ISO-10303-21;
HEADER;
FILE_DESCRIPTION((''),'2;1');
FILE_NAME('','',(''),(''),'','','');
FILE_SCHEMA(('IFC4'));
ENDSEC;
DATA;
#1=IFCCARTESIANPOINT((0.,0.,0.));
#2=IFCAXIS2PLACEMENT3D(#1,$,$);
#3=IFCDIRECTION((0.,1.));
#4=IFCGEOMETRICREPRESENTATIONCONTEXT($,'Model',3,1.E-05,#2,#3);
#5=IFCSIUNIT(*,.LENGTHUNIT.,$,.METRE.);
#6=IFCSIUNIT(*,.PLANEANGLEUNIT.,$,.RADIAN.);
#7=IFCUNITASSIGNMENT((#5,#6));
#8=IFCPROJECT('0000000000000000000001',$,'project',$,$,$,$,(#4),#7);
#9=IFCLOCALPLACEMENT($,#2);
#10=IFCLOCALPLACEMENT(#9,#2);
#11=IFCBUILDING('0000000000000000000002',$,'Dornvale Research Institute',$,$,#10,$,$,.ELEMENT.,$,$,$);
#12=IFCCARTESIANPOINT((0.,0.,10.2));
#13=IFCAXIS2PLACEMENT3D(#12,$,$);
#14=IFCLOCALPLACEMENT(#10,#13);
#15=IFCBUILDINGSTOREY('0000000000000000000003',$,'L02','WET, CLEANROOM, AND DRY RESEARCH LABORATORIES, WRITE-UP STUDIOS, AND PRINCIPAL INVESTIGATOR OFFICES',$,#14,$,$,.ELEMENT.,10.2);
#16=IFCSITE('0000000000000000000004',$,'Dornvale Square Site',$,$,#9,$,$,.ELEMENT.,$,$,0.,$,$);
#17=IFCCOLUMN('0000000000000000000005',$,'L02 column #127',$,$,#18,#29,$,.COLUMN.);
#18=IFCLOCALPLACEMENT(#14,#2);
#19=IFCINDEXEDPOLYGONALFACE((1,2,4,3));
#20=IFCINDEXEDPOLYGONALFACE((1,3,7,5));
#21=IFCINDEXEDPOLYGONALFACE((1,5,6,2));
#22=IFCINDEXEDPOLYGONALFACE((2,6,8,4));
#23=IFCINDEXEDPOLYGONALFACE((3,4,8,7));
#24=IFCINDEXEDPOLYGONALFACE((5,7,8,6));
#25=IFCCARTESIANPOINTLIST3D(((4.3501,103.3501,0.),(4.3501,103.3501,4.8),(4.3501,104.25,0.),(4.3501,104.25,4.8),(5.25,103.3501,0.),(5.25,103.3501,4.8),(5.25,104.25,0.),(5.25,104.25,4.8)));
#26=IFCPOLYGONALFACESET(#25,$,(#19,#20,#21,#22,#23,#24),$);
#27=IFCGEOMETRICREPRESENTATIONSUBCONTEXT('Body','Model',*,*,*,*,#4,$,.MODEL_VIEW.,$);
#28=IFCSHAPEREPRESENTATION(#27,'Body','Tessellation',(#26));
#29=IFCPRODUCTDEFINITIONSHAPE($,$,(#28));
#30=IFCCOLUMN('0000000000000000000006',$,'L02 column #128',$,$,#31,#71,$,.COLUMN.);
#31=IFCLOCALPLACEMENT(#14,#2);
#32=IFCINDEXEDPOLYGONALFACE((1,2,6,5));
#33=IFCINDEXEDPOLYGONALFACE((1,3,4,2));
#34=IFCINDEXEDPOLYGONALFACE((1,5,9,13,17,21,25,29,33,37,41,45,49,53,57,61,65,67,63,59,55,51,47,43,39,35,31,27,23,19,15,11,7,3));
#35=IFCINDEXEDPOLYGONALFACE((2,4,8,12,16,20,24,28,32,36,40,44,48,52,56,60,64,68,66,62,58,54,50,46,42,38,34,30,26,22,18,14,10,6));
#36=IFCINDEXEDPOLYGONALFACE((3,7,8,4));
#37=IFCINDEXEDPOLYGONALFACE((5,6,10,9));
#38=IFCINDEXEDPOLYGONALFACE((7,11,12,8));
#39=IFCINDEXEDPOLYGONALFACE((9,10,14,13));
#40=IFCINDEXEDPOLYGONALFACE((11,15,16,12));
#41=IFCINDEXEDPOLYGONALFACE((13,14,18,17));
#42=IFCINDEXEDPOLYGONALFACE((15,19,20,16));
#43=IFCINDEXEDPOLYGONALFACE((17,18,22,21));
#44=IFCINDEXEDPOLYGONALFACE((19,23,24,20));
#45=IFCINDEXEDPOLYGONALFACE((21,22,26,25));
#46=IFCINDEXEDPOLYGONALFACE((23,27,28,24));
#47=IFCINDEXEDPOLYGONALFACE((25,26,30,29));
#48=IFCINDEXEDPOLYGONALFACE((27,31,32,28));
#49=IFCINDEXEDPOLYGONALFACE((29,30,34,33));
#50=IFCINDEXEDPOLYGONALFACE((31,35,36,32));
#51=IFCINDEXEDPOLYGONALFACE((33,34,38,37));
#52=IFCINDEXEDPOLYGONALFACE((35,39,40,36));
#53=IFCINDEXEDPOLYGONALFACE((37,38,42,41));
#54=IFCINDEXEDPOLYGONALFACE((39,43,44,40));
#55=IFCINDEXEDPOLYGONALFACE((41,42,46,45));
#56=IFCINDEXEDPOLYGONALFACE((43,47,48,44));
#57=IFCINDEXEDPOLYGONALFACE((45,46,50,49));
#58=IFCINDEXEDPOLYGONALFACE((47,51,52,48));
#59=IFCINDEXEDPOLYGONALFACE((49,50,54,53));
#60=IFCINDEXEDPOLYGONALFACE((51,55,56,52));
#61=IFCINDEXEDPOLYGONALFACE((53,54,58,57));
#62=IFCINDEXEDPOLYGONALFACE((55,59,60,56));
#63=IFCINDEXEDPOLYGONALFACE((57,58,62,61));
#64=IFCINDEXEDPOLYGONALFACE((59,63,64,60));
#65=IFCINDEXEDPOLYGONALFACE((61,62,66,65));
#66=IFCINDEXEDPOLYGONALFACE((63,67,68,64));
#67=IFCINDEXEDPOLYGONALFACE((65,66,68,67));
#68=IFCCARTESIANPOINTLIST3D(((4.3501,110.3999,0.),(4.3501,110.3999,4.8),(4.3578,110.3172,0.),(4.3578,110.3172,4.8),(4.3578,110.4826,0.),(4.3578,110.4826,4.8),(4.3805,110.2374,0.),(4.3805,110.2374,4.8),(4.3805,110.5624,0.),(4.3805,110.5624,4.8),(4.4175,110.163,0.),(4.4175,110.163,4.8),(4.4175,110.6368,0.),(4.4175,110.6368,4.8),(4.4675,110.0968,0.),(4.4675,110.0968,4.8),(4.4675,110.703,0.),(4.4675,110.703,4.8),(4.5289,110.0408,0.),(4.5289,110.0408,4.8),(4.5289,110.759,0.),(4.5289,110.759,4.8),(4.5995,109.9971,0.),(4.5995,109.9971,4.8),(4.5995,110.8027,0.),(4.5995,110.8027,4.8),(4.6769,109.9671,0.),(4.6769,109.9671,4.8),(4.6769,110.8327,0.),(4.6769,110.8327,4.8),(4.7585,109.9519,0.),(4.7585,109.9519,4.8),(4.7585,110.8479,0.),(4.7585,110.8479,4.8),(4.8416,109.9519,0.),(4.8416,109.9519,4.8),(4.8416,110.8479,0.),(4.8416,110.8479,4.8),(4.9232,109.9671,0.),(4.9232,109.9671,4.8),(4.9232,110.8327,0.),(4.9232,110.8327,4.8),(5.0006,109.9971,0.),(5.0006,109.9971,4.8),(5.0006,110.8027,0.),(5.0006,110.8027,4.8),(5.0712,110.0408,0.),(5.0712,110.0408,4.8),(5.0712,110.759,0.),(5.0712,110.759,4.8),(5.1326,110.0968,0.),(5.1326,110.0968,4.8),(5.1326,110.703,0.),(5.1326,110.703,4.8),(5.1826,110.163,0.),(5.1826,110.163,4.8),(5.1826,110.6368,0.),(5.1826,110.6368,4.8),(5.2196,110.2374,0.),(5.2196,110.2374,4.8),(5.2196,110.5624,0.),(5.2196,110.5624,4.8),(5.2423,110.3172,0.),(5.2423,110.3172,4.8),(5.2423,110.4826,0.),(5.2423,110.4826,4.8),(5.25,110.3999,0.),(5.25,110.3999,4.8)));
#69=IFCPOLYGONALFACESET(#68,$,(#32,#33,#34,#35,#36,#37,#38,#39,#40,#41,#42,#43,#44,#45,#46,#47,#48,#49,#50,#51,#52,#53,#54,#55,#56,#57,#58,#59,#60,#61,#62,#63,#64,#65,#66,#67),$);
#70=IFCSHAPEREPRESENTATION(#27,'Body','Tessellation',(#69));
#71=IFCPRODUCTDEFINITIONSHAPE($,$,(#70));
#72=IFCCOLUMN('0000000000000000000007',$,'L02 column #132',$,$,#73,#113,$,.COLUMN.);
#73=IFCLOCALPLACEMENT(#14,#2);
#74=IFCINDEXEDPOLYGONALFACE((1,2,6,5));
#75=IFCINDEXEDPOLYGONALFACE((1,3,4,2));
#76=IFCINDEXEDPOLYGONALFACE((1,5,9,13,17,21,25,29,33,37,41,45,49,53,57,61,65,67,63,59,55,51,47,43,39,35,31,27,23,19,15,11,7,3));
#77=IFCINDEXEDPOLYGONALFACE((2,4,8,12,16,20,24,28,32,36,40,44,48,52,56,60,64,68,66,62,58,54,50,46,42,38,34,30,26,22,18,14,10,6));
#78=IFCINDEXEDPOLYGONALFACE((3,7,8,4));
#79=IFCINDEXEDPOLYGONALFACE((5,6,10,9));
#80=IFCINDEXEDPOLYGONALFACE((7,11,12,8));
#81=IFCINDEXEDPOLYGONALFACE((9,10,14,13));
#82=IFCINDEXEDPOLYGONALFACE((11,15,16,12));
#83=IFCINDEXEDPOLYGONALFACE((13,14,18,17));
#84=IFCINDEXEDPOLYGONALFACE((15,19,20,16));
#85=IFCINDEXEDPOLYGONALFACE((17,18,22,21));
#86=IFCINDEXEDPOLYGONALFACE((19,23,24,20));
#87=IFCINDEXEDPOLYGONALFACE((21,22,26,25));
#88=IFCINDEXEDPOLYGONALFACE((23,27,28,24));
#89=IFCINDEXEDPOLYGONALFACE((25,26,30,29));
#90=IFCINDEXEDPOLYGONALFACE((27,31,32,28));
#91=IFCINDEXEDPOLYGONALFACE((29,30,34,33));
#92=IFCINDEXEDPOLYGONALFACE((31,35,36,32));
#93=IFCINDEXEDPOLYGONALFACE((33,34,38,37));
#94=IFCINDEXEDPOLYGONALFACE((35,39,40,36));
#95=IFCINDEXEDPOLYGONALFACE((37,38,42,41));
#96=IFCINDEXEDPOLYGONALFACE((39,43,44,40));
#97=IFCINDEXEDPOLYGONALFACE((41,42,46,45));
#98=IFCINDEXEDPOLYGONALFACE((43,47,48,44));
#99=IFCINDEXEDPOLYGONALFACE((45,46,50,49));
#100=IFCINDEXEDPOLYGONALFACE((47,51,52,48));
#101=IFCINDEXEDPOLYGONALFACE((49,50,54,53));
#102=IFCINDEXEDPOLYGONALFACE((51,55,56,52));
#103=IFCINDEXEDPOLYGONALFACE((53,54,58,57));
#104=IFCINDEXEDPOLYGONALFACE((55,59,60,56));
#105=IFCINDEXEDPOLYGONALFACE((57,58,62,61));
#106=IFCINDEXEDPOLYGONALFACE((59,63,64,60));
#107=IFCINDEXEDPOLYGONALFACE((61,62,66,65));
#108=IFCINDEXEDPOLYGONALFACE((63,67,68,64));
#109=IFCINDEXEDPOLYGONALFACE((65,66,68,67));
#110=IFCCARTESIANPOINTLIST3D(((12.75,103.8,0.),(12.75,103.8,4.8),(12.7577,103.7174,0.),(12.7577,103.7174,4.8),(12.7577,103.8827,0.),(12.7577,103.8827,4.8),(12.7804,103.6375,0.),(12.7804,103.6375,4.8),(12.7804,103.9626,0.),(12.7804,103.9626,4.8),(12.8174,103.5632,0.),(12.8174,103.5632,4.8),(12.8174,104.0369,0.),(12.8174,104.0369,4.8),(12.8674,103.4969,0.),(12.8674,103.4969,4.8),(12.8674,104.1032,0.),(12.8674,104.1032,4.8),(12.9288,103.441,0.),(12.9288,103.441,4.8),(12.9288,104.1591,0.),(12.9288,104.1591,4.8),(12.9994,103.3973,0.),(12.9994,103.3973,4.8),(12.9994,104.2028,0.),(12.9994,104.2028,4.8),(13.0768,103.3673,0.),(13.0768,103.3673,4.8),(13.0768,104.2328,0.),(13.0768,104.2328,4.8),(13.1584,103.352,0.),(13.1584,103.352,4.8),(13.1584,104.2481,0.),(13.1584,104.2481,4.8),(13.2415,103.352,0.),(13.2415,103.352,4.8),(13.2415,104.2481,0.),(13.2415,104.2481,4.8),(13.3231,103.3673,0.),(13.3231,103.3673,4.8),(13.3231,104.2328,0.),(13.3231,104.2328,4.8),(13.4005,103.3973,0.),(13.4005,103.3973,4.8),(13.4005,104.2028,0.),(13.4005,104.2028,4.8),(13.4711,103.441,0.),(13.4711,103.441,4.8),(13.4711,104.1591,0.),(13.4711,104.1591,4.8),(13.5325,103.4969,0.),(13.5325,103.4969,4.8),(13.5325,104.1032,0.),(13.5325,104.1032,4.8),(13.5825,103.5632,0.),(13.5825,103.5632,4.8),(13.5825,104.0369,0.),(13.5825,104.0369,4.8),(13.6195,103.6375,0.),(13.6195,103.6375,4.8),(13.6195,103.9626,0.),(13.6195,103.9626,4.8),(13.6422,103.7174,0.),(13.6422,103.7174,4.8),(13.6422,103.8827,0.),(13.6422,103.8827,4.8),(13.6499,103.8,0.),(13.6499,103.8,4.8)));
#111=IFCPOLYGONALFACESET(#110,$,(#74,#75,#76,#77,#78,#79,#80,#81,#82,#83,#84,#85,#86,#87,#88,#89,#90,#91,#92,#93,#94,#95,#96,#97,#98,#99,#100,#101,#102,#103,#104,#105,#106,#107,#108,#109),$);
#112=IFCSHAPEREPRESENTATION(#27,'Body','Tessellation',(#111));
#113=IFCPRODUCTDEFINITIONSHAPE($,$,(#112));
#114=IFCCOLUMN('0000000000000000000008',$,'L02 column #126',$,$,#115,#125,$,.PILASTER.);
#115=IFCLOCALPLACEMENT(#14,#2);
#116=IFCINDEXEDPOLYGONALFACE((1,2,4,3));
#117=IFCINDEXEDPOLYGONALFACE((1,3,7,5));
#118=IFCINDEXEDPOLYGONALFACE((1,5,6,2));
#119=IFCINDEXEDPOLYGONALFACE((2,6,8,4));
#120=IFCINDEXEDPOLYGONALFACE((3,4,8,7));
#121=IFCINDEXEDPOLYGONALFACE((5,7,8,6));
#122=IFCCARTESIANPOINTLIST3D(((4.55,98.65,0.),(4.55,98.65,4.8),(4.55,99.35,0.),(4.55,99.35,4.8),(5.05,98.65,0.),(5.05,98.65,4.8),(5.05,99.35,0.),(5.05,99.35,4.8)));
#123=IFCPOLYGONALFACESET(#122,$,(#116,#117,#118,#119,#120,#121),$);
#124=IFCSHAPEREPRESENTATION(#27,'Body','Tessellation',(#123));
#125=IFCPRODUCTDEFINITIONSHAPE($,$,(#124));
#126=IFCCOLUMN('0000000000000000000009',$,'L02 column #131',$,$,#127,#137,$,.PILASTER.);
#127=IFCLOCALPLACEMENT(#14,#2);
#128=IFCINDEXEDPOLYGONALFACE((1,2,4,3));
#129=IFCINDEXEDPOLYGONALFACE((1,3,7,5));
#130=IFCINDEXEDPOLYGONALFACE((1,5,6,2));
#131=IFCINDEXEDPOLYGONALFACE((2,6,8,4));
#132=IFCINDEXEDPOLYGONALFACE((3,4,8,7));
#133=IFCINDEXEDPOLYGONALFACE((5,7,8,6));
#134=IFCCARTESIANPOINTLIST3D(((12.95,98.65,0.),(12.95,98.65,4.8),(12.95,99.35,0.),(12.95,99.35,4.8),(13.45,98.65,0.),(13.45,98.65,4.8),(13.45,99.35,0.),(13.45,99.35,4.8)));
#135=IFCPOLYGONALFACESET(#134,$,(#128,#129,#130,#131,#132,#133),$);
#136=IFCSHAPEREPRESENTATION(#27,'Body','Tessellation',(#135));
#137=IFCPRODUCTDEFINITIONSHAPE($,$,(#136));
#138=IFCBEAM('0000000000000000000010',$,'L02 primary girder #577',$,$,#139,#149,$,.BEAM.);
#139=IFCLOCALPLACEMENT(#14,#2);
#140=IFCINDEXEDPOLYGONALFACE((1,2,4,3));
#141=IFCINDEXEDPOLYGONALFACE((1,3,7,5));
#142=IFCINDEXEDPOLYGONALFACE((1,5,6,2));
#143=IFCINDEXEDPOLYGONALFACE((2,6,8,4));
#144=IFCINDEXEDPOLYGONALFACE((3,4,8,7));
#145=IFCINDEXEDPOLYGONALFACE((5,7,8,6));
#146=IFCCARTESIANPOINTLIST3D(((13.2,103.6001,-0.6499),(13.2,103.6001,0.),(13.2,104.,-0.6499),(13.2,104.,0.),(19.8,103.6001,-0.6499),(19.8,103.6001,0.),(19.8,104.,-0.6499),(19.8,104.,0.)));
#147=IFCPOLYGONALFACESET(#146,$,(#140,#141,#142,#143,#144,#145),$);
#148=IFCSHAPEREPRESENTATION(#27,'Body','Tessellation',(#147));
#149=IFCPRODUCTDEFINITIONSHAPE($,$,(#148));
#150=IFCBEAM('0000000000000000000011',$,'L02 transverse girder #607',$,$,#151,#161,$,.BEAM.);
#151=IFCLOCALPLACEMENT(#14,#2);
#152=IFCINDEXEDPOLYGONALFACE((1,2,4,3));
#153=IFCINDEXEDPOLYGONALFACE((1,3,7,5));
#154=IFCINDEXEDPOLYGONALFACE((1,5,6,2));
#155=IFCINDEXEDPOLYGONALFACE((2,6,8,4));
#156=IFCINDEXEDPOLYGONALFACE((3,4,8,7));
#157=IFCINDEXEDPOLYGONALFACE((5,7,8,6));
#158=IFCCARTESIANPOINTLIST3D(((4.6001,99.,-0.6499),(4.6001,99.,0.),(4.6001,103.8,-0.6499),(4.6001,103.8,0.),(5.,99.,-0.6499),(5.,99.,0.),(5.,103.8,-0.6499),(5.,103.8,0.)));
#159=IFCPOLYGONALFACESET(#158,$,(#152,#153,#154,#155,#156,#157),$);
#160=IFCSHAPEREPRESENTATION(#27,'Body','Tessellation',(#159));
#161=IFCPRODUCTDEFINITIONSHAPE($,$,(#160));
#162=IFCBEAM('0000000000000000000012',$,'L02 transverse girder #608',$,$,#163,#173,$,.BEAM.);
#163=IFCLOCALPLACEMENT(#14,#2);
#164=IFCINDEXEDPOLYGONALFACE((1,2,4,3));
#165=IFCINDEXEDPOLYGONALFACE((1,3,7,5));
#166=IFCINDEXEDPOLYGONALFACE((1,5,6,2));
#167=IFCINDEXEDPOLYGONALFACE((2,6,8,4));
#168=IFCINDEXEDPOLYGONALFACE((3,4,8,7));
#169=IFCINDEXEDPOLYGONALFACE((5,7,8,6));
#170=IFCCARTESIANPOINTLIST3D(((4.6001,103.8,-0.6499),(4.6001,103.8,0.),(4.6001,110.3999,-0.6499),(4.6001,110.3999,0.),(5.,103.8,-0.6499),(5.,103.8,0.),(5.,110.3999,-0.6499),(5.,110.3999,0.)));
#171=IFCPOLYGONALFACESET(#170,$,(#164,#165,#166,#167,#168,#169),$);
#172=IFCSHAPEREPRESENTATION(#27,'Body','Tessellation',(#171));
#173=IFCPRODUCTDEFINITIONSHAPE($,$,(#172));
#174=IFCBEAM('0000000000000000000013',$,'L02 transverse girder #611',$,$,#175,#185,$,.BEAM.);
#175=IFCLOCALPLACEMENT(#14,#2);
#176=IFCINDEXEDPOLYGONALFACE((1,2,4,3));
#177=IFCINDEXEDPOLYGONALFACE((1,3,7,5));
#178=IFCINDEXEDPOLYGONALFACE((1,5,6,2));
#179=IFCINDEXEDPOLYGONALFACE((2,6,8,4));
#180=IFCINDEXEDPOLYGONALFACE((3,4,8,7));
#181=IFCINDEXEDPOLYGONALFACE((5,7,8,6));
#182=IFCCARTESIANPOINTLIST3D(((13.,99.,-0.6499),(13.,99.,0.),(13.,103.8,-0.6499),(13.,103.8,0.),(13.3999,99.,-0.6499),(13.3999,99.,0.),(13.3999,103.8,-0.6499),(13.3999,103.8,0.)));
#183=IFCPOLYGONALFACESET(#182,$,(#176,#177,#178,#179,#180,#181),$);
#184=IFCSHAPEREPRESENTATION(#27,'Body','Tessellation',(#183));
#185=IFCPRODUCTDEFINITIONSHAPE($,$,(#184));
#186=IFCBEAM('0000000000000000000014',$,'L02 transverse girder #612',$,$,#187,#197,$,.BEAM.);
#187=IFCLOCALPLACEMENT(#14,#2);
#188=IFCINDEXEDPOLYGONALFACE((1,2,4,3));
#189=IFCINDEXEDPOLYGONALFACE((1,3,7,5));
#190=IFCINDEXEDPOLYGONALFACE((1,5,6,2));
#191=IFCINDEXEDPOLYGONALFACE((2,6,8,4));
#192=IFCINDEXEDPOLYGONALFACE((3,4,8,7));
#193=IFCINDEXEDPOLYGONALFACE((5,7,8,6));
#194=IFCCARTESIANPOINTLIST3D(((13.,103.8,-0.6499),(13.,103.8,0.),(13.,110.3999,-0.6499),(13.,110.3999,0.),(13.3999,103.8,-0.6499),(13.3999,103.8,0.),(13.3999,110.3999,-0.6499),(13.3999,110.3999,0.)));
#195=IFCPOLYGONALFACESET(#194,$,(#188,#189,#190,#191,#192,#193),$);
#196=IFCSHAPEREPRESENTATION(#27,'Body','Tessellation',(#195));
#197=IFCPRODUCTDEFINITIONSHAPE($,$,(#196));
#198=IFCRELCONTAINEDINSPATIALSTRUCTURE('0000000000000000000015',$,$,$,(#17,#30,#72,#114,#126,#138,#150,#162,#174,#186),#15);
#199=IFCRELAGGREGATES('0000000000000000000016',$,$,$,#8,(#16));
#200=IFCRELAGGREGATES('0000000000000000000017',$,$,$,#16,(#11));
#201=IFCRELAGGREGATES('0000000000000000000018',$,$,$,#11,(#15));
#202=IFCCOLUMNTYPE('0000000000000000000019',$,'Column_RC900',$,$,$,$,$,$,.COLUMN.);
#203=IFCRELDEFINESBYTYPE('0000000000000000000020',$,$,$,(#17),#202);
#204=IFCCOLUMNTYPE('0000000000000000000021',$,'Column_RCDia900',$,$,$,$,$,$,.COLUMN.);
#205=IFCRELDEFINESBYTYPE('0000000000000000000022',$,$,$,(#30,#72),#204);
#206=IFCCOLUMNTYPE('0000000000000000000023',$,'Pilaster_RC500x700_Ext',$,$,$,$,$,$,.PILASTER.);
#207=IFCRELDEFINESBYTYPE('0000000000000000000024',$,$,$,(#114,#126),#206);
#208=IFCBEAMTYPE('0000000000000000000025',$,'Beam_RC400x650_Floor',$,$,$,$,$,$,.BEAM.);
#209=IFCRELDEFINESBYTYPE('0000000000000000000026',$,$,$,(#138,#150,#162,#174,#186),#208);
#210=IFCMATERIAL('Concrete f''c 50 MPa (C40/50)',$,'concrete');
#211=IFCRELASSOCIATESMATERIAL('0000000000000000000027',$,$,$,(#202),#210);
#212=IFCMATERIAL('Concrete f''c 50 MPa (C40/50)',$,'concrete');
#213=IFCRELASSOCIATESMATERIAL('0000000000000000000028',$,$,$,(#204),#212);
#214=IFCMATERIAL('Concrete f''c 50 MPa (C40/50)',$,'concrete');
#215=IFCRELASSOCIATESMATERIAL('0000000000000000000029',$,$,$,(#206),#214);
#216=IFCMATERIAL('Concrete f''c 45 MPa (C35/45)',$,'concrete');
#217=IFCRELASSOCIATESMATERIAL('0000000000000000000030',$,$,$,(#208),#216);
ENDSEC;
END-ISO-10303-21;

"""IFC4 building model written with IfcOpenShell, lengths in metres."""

from ifc_helpers import new_model, si_unit, direction, frame, origin, origin_2d, place, context, subcontext, project, spatial, rectangle, circle, extrude, material, material_profile, profile_set, type_object, element, save


model = new_model("IFC4")

# Units and contexts
model_context = context("Model", 3, precision=1e-05, world=origin(), true_north=direction((0.0, 1.0)))
body_context = subcontext(model_context, "Body", "Model", "MODEL_VIEW")
ifc_project = project(units=[si_unit("LENGTHUNIT", "METRE"), si_unit("PLANEANGLEUNIT", "RADIAN")], contexts=[model_context])

# Site, building, storey
site_placement = place(None, origin())
site = spatial("IfcSite", under=ifc_project, at=site_placement, Name="Dornvale Square Site", CompositionType="ELEMENT", RefElevation=0.0)
building_placement = place(site_placement, origin())
building = spatial("IfcBuilding", under=site, at=building_placement, Name="Dornvale Research Institute", CompositionType="ELEMENT")
storey_placement = place(building_placement, frame((0.0, 0.0, 10.2)))
storey = spatial("IfcBuildingStorey", under=building, at=storey_placement, Name="L02", Description="WET, CLEANROOM, AND DRY RESEARCH LABORATORIES, WRITE-UP STUDIOS, AND PRINCIPAL INVESTIGATOR OFFICES", CompositionType="ELEMENT", Elevation=10.2)

# Columns
ifc_material_1 = material(Name="Concrete f'c 50 MPa (C40/50)", Category="concrete")
ifc_material_profile_1 = material_profile(ifc_material_1, rectangle(XDim=0.8999, YDim=0.8999, at=origin_2d()), Name="RC 900x900")
ifc_profile_set_1 = profile_set([ifc_material_profile_1], Name="Concrete f'c 50 MPa (C40/50)")
column_type_1 = type_object("IfcColumnType", Name="Column_RC900", PredefinedType="COLUMN", material=ifc_profile_set_1)
column_placement = place(storey_placement, frame((4.8, 103.8, 0.0), z_axis=(0.0, 0.0, 1.0), x_axis=(1.0, 0.0, 0.0)))
element("IfcColumn", 1, at=column_placement, inside=storey, type_object=column_type_1, Name="L02 column #127", PredefinedType="COLUMN", context=body_context, shape_type="SweptSolid", body=[
    extrude(rectangle(XDim=0.8999, YDim=0.8999, at=origin_2d()), origin(), (0.0, 0.0, 1.0), 4.8),
])
ifc_material_2 = material(Name="Concrete f'c 50 MPa (C40/50)", Category="concrete")
ifc_material_profile_2 = material_profile(ifc_material_2, circle(Radius=0.45, at=origin_2d()), Name="RC DIA 900")
ifc_profile_set_2 = profile_set([ifc_material_profile_2], Name="Concrete f'c 50 MPa (C40/50)")
column_type_2 = type_object("IfcColumnType", Name="Column_RCDia900", PredefinedType="COLUMN", material=ifc_profile_set_2)
for number, where, z_axis, x_axis, name in (
    (2, (4.8, 110.3999, 0.0), (0.0, 0.0, 1.0), (1.0, 0.0, 0.0), "L02 column #128"),
    (3, (13.2, 103.8, 0.0), (0.0, 0.0, 1.0), (1.0, 0.0, 0.0), "L02 column #132"),
):
    element("IfcColumn", number, at=place(storey_placement, frame(where, z_axis=z_axis, x_axis=x_axis)), inside=storey, type_object=column_type_2, Name=name, PredefinedType="COLUMN", context=body_context, shape_type="SweptSolid", body=[
        extrude(circle(Radius=0.45, at=origin_2d()), origin(), (0.0, 0.0, 1.0), 4.8),
    ])
ifc_material_3 = material(Name="Concrete f'c 50 MPa (C40/50)", Category="concrete")
ifc_material_profile_3 = material_profile(ifc_material_3, rectangle(XDim=0.5, YDim=0.7, at=origin_2d()), Name="RC 500x700")
ifc_profile_set_3 = profile_set([ifc_material_profile_3], Name="Concrete f'c 50 MPa (C40/50)")
column_type_3 = type_object("IfcColumnType", Name="Pilaster_RC500x700_Ext", PredefinedType="PILASTER", material=ifc_profile_set_3)
for number, where, z_axis, x_axis, name in (
    (4, (4.8, 99.0, 0.0), (0.0, 0.0, 1.0), (1.0, 0.0, 0.0), "L02 column #126"),
    (5, (13.2, 99.0, 0.0), (0.0, 0.0, 1.0), (1.0, 0.0, 0.0), "L02 column #131"),
):
    element("IfcColumn", number, at=place(storey_placement, frame(where, z_axis=z_axis, x_axis=x_axis)), inside=storey, type_object=column_type_3, Name=name, PredefinedType="PILASTER", context=body_context, shape_type="SweptSolid", body=[
        extrude(rectangle(XDim=0.5, YDim=0.7, at=origin_2d()), origin(), (0.0, 0.0, 1.0), 4.8),
    ])

# Beams
ifc_material_4 = material(Name="Concrete f'c 45 MPa (C35/45)", Category="concrete")
ifc_material_profile_4 = material_profile(ifc_material_4, rectangle(XDim=0.3999, YDim=0.6499, at=origin_2d()), Name="RC 400x650")
ifc_profile_set_4 = profile_set([ifc_material_profile_4], Name="Concrete f'c 45 MPa (C35/45)")
beam_type_1 = type_object("IfcBeamType", Name="Beam_RC400x650_Floor", PredefinedType="BEAM", material=ifc_profile_set_4)
beam_1_placement = place(storey_placement, frame((13.2, 103.8, -0.325), z_axis=(1.0, 0.0, 0.0), x_axis=(0.0, 1.0, 0.0)))
element("IfcBeam", 6, at=beam_1_placement, inside=storey, type_object=beam_type_1, Name="L02 primary girder #577", PredefinedType="BEAM", context=body_context, shape_type="SweptSolid", body=[
    extrude(rectangle(XDim=0.3999, YDim=0.6499, at=origin_2d()), origin(), (0.0, 0.0, 1.0), 6.6001),
])
beam_2_placement = place(storey_placement, frame((4.8, 99.0, -0.325), z_axis=(0.0, 1.0, 0.0), x_axis=(-1.0, 0.0, 0.0)))
element("IfcBeam", 7, at=beam_2_placement, inside=storey, type_object=beam_type_1, Name="L02 transverse girder #607", PredefinedType="BEAM", context=body_context, shape_type="SweptSolid", body=[
    extrude(rectangle(XDim=0.3999, YDim=0.6499, at=origin_2d()), origin(), (0.0, 0.0, 1.0), 4.8),
])
beam_3_placement = place(storey_placement, frame((4.8, 103.8, -0.325), z_axis=(0.0, 1.0, 0.0), x_axis=(-1.0, 0.0, 0.0)))
element("IfcBeam", 8, at=beam_3_placement, inside=storey, type_object=beam_type_1, Name="L02 transverse girder #608", PredefinedType="BEAM", context=body_context, shape_type="SweptSolid", body=[
    extrude(rectangle(XDim=0.3999, YDim=0.6499, at=origin_2d()), origin(), (0.0, 0.0, 1.0), 6.5999),
])
beam_4_placement = place(storey_placement, frame((13.2, 99.0, -0.325), z_axis=(0.0, 1.0, 0.0), x_axis=(-1.0, 0.0, 0.0)))
element("IfcBeam", 9, at=beam_4_placement, inside=storey, type_object=beam_type_1, Name="L02 transverse girder #611", PredefinedType="BEAM", context=body_context, shape_type="SweptSolid", body=[
    extrude(rectangle(XDim=0.3999, YDim=0.6499, at=origin_2d()), origin(), (0.0, 0.0, 1.0), 4.8),
])
beam_5_placement = place(storey_placement, frame((13.2, 103.8, -0.325), z_axis=(0.0, 1.0, 0.0), x_axis=(-1.0, 0.0, 0.0)))
element("IfcBeam", 10, at=beam_5_placement, inside=storey, type_object=beam_type_1, Name="L02 transverse girder #612", PredefinedType="BEAM", context=body_context, shape_type="SweptSolid", body=[
    extrude(rectangle(XDim=0.3999, YDim=0.6499, at=origin_2d()), origin(), (0.0, 0.0, 1.0), 6.5999),
])

save(model, "model.ifc")
